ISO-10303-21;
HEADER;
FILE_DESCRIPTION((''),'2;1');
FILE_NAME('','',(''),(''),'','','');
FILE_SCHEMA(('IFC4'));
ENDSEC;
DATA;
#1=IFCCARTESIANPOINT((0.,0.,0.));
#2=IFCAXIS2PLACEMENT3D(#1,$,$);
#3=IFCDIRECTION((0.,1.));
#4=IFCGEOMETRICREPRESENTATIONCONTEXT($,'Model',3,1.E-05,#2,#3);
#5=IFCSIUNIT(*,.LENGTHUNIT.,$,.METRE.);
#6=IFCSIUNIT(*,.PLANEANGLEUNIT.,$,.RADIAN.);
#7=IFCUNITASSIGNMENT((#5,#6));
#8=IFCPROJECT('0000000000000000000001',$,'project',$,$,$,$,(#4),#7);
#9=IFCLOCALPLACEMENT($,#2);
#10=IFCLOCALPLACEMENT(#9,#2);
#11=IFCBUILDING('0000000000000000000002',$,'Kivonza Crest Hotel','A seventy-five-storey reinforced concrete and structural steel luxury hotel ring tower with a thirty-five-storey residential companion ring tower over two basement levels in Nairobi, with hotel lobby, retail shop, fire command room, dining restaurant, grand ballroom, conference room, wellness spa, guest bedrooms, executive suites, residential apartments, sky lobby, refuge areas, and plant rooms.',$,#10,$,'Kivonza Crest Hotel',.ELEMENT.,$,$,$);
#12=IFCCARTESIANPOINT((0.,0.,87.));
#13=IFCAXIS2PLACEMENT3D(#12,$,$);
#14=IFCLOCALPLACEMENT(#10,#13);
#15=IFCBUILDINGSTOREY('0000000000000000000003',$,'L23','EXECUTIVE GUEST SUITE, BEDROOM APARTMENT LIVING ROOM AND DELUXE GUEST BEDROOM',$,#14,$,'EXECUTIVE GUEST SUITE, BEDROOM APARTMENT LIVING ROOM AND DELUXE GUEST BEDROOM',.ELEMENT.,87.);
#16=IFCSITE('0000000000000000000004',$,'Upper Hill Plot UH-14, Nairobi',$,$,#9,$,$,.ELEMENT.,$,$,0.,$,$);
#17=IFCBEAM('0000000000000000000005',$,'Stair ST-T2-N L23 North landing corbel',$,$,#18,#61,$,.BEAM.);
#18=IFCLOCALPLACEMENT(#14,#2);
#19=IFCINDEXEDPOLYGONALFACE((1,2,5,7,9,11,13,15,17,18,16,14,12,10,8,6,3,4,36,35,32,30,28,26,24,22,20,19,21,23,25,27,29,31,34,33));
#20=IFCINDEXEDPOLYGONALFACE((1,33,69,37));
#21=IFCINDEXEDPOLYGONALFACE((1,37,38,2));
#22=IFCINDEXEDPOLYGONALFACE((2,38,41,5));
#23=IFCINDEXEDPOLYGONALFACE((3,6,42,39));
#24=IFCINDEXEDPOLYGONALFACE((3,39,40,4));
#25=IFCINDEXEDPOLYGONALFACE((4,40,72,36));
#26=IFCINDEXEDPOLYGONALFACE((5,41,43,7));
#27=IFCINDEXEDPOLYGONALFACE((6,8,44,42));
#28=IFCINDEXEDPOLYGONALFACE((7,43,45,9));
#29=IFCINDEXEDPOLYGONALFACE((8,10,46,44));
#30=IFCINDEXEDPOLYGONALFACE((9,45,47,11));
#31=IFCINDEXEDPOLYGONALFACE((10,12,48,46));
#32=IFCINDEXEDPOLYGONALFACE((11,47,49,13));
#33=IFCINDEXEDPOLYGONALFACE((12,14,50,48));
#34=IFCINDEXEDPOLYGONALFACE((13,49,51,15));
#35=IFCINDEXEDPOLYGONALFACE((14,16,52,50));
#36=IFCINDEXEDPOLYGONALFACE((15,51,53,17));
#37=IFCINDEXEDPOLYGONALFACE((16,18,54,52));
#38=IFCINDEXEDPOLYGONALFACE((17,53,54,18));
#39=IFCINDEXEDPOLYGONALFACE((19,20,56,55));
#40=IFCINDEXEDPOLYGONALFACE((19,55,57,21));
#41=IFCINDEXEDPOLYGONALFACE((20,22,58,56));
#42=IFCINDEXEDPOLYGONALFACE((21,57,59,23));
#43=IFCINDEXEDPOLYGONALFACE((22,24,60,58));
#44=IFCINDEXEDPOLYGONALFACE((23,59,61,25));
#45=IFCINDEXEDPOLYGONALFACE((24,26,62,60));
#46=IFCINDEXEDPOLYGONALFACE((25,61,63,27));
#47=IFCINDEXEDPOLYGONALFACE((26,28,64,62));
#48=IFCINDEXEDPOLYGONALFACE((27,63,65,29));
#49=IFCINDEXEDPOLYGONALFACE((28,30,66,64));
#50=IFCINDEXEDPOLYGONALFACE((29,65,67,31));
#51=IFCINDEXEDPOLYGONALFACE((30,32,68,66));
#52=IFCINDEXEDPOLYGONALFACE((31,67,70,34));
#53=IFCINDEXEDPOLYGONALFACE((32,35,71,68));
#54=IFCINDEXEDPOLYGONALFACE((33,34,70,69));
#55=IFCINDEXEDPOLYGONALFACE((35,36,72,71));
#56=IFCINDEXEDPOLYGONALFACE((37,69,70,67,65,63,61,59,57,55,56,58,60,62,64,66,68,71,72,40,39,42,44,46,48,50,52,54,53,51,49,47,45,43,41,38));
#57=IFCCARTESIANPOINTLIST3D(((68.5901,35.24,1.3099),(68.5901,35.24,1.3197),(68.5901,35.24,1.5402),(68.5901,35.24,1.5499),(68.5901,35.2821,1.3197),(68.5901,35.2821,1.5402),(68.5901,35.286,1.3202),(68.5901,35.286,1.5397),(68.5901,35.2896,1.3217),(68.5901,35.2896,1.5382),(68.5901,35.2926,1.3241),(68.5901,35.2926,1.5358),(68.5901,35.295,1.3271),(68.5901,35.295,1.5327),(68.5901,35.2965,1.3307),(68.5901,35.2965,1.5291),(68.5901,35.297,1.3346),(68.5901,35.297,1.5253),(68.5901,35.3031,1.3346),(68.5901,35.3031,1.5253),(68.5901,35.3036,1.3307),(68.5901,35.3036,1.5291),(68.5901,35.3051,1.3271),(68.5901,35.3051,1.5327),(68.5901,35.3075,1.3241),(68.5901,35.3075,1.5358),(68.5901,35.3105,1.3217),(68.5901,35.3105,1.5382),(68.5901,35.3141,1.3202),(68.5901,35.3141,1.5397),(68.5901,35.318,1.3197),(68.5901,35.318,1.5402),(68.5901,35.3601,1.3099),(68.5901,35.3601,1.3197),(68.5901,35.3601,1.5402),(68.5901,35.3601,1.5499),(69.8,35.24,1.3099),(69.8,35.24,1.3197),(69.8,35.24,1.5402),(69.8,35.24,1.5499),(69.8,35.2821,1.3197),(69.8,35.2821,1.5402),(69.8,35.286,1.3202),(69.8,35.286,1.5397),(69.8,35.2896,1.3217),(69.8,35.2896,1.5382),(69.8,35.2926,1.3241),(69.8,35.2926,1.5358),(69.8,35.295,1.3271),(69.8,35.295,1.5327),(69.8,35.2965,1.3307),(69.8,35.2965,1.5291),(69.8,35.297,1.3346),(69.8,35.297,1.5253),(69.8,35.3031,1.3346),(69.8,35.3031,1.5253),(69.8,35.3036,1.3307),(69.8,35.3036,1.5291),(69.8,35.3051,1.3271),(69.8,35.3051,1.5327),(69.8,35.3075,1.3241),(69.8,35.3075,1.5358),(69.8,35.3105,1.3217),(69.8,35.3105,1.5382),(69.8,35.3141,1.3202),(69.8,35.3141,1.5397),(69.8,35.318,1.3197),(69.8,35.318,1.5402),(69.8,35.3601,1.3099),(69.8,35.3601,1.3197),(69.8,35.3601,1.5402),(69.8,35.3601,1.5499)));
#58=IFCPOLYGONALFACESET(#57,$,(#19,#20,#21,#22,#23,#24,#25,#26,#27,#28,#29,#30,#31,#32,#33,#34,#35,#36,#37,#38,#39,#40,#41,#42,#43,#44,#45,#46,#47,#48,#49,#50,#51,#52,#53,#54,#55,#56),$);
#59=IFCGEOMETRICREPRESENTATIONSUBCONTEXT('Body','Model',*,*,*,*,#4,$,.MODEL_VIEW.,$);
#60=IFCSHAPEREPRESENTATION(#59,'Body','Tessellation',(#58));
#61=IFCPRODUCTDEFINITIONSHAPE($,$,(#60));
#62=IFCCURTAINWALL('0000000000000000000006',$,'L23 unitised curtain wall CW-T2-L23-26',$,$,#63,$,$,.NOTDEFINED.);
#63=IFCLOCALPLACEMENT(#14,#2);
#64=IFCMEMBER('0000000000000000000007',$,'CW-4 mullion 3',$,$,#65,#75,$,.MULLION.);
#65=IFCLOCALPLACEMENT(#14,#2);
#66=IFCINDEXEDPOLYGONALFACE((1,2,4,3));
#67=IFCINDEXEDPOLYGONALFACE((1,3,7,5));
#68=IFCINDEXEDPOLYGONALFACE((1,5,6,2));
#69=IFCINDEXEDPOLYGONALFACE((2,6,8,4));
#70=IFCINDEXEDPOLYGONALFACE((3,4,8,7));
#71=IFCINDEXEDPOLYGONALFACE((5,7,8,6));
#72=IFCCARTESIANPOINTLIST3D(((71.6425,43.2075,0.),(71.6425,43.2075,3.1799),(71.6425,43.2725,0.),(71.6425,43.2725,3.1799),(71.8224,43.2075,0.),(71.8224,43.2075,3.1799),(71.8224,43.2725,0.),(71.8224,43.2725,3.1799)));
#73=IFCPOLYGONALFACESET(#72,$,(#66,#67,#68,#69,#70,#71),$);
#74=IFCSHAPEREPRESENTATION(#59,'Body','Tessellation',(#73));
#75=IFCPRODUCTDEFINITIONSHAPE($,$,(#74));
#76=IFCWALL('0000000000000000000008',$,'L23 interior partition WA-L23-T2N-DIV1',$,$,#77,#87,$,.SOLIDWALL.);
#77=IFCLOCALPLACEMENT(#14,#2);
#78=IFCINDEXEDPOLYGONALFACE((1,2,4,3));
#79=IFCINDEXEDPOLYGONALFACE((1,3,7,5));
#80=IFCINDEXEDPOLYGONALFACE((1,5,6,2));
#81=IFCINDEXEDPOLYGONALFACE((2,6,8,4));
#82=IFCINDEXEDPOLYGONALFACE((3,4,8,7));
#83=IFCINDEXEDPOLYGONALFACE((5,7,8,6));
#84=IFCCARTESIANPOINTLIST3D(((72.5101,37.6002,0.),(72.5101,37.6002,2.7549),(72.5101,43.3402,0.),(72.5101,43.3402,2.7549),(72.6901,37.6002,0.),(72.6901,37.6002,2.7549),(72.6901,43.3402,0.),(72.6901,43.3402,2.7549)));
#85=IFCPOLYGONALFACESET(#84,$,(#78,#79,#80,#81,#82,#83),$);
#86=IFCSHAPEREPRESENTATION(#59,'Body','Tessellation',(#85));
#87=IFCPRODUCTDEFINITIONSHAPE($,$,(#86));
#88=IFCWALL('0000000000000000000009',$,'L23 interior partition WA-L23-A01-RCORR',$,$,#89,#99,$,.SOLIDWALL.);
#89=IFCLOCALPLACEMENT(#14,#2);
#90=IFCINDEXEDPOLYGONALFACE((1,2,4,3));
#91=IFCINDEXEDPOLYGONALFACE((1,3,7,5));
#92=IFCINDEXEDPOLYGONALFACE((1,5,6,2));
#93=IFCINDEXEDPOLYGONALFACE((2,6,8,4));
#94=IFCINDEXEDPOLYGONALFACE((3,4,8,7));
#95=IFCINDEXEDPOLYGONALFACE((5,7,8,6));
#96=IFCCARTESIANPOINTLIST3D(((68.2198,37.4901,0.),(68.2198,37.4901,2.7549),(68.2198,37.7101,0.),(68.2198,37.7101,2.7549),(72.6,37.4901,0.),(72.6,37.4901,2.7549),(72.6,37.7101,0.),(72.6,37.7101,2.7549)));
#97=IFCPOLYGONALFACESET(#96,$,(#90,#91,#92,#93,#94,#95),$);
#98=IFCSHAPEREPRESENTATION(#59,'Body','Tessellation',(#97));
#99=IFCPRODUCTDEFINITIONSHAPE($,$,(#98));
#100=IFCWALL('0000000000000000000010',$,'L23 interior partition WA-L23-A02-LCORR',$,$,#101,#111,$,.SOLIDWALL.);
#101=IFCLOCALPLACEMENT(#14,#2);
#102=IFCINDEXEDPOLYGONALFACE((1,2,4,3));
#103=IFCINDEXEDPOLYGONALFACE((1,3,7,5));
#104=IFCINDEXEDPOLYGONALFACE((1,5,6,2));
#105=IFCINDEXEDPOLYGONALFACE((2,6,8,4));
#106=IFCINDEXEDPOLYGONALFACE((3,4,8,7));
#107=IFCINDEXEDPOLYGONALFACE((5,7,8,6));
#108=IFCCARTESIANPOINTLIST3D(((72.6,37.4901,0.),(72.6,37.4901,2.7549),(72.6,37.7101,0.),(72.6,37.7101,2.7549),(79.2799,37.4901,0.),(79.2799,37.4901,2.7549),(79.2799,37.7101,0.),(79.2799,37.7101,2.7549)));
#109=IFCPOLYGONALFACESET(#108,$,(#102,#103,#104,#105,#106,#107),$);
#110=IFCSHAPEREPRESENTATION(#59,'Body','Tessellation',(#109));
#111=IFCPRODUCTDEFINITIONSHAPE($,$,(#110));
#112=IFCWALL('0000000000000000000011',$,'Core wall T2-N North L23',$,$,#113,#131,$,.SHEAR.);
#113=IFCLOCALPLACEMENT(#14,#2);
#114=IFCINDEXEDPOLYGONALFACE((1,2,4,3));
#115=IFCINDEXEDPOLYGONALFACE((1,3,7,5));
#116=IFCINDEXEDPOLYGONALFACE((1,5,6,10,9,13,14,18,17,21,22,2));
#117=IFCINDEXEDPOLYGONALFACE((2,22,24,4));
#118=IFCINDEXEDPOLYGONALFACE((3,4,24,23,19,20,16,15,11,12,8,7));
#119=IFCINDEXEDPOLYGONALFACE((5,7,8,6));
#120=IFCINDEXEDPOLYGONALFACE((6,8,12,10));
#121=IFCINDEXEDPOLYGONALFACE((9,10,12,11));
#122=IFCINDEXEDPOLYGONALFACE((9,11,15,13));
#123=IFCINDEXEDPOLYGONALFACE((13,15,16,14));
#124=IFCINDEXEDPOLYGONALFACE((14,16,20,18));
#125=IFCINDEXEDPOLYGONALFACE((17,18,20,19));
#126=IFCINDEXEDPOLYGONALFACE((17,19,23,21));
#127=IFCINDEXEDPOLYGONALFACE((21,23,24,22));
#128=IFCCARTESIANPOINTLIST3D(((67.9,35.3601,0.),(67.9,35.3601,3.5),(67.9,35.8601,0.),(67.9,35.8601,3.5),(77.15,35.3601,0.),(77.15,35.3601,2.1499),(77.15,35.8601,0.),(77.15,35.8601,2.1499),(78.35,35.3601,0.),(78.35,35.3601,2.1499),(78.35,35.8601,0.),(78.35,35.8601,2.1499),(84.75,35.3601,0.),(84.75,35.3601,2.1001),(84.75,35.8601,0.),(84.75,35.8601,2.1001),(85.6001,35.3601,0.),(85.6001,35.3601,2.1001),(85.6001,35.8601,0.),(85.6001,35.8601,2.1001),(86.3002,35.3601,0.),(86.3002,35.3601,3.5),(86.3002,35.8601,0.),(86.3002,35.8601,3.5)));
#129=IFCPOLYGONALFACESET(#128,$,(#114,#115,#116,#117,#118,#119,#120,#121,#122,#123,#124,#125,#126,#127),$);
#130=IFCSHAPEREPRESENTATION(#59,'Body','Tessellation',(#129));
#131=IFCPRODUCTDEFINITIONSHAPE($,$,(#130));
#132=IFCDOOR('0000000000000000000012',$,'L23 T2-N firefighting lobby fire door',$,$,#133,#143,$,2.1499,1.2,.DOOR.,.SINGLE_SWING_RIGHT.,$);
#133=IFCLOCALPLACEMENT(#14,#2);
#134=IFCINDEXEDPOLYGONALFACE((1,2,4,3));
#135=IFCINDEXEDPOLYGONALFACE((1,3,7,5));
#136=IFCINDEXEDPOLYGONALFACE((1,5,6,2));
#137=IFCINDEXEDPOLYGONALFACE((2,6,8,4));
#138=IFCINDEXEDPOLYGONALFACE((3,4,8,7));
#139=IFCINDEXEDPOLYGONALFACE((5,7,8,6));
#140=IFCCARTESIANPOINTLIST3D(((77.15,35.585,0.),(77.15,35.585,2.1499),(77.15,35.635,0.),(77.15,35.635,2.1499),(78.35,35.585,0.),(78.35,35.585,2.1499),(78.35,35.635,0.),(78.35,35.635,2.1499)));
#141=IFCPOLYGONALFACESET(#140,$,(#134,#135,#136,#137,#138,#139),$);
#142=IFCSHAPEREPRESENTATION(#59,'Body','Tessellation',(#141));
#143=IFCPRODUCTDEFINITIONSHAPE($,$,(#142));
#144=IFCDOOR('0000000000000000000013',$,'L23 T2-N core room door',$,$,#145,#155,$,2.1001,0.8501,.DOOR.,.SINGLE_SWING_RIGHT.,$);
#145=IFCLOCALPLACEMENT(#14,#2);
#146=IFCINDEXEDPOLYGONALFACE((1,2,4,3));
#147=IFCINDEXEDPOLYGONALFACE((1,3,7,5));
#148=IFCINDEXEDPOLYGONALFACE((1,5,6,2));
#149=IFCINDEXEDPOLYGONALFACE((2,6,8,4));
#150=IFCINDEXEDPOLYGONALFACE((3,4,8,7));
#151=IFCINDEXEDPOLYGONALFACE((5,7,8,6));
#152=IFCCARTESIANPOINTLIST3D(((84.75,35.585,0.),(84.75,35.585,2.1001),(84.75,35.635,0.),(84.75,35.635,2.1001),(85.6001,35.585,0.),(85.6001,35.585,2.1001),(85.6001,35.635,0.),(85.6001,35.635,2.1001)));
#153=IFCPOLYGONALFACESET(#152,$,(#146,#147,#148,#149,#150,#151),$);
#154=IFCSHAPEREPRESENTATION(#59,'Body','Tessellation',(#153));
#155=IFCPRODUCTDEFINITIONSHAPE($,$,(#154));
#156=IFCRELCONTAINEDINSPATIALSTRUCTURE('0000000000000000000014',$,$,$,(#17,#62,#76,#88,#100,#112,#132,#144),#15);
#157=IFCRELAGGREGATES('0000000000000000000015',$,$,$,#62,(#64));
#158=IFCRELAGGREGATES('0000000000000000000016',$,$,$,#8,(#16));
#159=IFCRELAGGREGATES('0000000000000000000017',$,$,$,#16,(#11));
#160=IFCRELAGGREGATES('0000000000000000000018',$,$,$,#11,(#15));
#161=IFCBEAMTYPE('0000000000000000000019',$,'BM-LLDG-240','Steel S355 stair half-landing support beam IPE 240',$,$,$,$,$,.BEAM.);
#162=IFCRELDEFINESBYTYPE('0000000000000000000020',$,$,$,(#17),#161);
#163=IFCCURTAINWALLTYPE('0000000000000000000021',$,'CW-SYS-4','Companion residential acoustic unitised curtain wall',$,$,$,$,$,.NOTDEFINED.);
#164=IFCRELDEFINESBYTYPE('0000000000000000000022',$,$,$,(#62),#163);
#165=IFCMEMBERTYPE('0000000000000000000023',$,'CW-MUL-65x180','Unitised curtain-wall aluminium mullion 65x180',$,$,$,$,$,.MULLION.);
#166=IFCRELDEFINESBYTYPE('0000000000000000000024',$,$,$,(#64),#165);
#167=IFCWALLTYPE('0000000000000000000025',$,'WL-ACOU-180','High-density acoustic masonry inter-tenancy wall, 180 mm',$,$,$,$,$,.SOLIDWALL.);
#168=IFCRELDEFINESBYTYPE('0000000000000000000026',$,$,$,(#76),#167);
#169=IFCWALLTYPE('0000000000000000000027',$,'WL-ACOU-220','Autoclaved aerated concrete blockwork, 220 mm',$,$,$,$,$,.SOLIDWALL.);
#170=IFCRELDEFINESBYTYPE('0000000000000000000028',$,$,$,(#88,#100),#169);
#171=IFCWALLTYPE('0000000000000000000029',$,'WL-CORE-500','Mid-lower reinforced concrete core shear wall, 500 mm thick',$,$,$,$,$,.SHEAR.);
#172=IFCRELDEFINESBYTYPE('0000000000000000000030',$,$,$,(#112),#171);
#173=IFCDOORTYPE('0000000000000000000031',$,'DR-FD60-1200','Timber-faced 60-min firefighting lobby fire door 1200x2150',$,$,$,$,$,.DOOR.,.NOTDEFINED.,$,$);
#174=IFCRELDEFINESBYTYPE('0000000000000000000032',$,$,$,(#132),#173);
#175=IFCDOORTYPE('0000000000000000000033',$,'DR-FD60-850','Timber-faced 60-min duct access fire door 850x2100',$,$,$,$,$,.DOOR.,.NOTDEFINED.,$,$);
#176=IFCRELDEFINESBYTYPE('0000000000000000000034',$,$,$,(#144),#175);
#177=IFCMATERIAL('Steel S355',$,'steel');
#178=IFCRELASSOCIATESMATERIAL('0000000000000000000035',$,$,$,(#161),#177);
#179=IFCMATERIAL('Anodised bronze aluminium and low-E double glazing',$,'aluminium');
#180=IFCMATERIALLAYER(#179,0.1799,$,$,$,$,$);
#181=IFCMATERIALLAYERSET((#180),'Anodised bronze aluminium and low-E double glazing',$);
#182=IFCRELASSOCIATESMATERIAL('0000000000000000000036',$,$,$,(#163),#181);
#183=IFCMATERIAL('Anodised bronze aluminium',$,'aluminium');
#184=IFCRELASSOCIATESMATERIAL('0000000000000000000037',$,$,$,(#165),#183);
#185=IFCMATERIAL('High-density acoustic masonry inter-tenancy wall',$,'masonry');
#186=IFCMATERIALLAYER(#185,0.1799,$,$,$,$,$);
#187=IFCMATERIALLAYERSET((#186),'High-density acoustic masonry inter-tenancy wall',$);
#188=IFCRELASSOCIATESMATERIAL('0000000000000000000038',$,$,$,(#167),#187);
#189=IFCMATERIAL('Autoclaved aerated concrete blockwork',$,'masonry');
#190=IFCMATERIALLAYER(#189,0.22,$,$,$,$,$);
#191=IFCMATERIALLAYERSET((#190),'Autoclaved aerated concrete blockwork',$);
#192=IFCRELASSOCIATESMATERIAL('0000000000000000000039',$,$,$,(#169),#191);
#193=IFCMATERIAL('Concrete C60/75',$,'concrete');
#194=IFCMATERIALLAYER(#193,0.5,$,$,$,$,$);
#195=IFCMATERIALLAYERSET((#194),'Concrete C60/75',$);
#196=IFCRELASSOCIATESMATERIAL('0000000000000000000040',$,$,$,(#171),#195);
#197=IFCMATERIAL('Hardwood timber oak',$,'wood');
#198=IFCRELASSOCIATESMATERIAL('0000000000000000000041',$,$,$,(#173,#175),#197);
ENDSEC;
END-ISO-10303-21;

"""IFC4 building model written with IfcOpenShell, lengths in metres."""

from ifc_helpers import new_model, si_unit, direction, frame, frame_2d, origin, origin_2d, place, context, subcontext, project, spatial, rectangle, i_section, extrude, material, layer, layer_set, material_profile, profile_set, type_object, element, fill, aggregate, save


model = new_model("IFC4")

# Units and contexts
model_context = context("Model", 3, precision=1e-05, world=origin(), true_north=direction((0.0, 1.0)))
body_context = subcontext(model_context, "Body", "Model", "MODEL_VIEW")
ifc_project = project(units=[si_unit("LENGTHUNIT", "METRE"), si_unit("PLANEANGLEUNIT", "RADIAN")], contexts=[model_context])

# Site, building, storey
site_placement = place(None, origin())
site = spatial("IfcSite", under=ifc_project, at=site_placement, Name="Upper Hill Plot UH-14, Nairobi", CompositionType="ELEMENT", RefElevation=0.0)
building_placement = place(site_placement, origin())
building = spatial("IfcBuilding", under=site, at=building_placement, Name="Kivonza Crest Hotel", Description="A seventy-five-storey reinforced concrete and structural steel luxury hotel ring tower with a thirty-five-storey residential companion ring tower over two basement levels in Nairobi, with hotel lobby, retail shop, fire command room, dining restaurant, grand ballroom, conference room, wellness spa, guest bedrooms, executive suites, residential apartments, sky lobby, refuge areas, and plant rooms.", LongName="Kivonza Crest Hotel", CompositionType="ELEMENT")
storey_placement = place(building_placement, frame((0.0, 0.0, 87.0)))
storey = spatial("IfcBuildingStorey", under=building, at=storey_placement, Name="L23", Description="EXECUTIVE GUEST SUITE, BEDROOM APARTMENT LIVING ROOM AND DELUXE GUEST BEDROOM", LongName="EXECUTIVE GUEST SUITE, BEDROOM APARTMENT LIVING ROOM AND DELUXE GUEST BEDROOM", CompositionType="ELEMENT", Elevation=87.0)

# Beam
ifc_material_1 = material(Name="Steel S355", Category="steel")
ifc_material_profile_1 = material_profile(ifc_material_1, i_section(OverallWidth=0.1201, OverallDepth=0.24, WebThickness=0.0061, FlangeThickness=0.0098, FilletRadius=0.0149, at=origin_2d()), Name="IPE 240")
ifc_profile_set_1 = profile_set([ifc_material_profile_1], Name="Steel S355")
beam_type_1 = type_object("IfcBeamType", Name="BM-LLDG-240", Description="Steel S355 stair half-landing support beam IPE 240", PredefinedType="BEAM", material=ifc_profile_set_1)
beam_1_placement = place(storey_placement, frame((68.5901, 35.3, 1.4299), z_axis=(1.0, 0.0, 0.0), x_axis=(0.0, 1.0, 0.0)))
element("IfcBeam", 1, at=beam_1_placement, inside=storey, type_object=beam_type_1, Name="Stair ST-T2-N L23 North landing corbel", PredefinedType="BEAM", context=body_context, shape_type="SweptSolid", body=[
    extrude(i_section(OverallWidth=0.1201, OverallDepth=0.24, WebThickness=0.0061, FlangeThickness=0.0098, FilletRadius=0.0149, at=origin_2d()), origin(), (0.0, 0.0, 1.0), 1.21),
])

# Curtain wall, member
ifc_material_2 = material(Name="Anodised bronze aluminium and low-E double glazing", Category="aluminium")
ifc_layer_1 = layer(ifc_material_2, 0.1799)
ifc_layer_set_1 = layer_set([ifc_layer_1], Name="Anodised bronze aluminium and low-E double glazing")
curtain_wall_type = type_object("IfcCurtainWallType", Name="CW-SYS-4", Description="Companion residential acoustic unitised curtain wall", PredefinedType="NOTDEFINED", material=ifc_layer_set_1)
curtain_wall_placement = place(storey_placement, origin())
curtain_wall = element("IfcCurtainWall", 2, at=curtain_wall_placement, inside=storey, type_object=curtain_wall_type, Name="L23 unitised curtain wall CW-T2-L23-26", PredefinedType="NOTDEFINED")
ifc_material_3 = material(Name="Anodised bronze aluminium", Category="aluminium")
ifc_material_profile_2 = material_profile(ifc_material_3, rectangle(XDim=0.0649, YDim=0.1799, at=origin_2d()), Name="CW-M 65x180")
ifc_profile_set_2 = profile_set([ifc_material_profile_2], Name="Anodised bronze aluminium")
member_type = type_object("IfcMemberType", Name="CW-MUL-65x180", Description="Unitised curtain-wall aluminium mullion 65x180", PredefinedType="MULLION", material=ifc_profile_set_2)
member_placement = place(storey_placement, frame((71.7324, 43.24, 0.0), z_axis=(0.0, 0.0, 1.0), x_axis=(0.0, -1.0, 0.0)))
member = element("IfcMember", 3, at=member_placement, type_object=member_type, Name="CW-4 mullion 3", PredefinedType="MULLION", context=body_context, shape_type="SweptSolid", body=[
    extrude(rectangle(XDim=0.0649, YDim=0.1799, at=origin_2d()), origin(), (0.0, 0.0, 1.0), 3.1799),
])
aggregate(curtain_wall, [member])

# Walls
ifc_material_4 = material(Name="High-density acoustic masonry inter-tenancy wall", Category="masonry")
ifc_layer_2 = layer(ifc_material_4, 0.1799)
ifc_layer_set_2 = layer_set([ifc_layer_2], Name="High-density acoustic masonry inter-tenancy wall")
wall_type_1 = type_object("IfcWallType", Name="WL-ACOU-180", Description="High-density acoustic masonry inter-tenancy wall, 180 mm", PredefinedType="SOLIDWALL", material=ifc_layer_set_2)
wall_1_placement = place(storey_placement, frame((72.6001, 37.6001, 0.0), z_axis=(0.0, 0.0, 1.0), x_axis=(0.0, 1.0, 0.0)))
element("IfcWall", 4, at=wall_1_placement, inside=storey, type_object=wall_type_1, Name="L23 interior partition WA-L23-T2N-DIV1", PredefinedType="SOLIDWALL", context=body_context, shape_type="SweptSolid", body=[
    extrude(rectangle(XDim=5.74, YDim=0.1799, at=frame_2d((2.8701, 0.0))), origin(), (0.0, 0.0, 1.0), 2.7549),
])
ifc_material_5 = material(Name="Autoclaved aerated concrete blockwork", Category="masonry")
ifc_layer_3 = layer(ifc_material_5, 0.22)
ifc_layer_set_3 = layer_set([ifc_layer_3], Name="Autoclaved aerated concrete blockwork")
wall_type_2 = type_object("IfcWallType", Name="WL-ACOU-220", Description="Autoclaved aerated concrete blockwork, 220 mm", PredefinedType="SOLIDWALL", material=ifc_layer_set_3)
wall_2_placement = place(storey_placement, frame((68.22, 37.6001, 0.0), z_axis=(0.0, 0.0, 1.0), x_axis=(1.0, 0.0, 0.0)))
element("IfcWall", 5, at=wall_2_placement, inside=storey, type_object=wall_type_2, Name="L23 interior partition WA-L23-A01-RCORR", PredefinedType="SOLIDWALL", context=body_context, shape_type="SweptSolid", body=[
    extrude(rectangle(XDim=4.3801, YDim=0.22, at=frame_2d((2.1899, 0.0))), origin(), (0.0, 0.0, 1.0), 2.7549),
])
wall_3_placement = place(storey_placement, frame((72.6001, 37.6001, 0.0), z_axis=(0.0, 0.0, 1.0), x_axis=(1.0, 0.0, 0.0)))
element("IfcWall", 6, at=wall_3_placement, inside=storey, type_object=wall_type_2, Name="L23 interior partition WA-L23-A02-LCORR", PredefinedType="SOLIDWALL", context=body_context, shape_type="SweptSolid", body=[
    extrude(rectangle(XDim=6.6799, YDim=0.22, at=frame_2d((3.3398, 0.0))), origin(), (0.0, 0.0, 1.0), 2.7549),
])

# Wall, openings, doors
ifc_material_6 = material(Name="Concrete C60/75", Category="concrete")
ifc_layer_4 = layer(ifc_material_6, 0.5)
ifc_layer_set_4 = layer_set([ifc_layer_4], Name="Concrete C60/75")
wall_type_3 = type_object("IfcWallType", Name="WL-CORE-500", Description="Mid-lower reinforced concrete core shear wall, 500 mm thick", PredefinedType="SHEAR", material=ifc_layer_set_4)
wall_4_placement = place(storey_placement, frame((67.8999, 35.6101, 0.0), z_axis=(0.0, 0.0, 1.0), x_axis=(1.0, 0.0, 0.0)))
wall_4 = element("IfcWall", 7, at=wall_4_placement, inside=storey, type_object=wall_type_3, Name="Core wall T2-N North L23", PredefinedType="SHEAR", context=body_context, shape_type="SweptSolid", body=[
    extrude(rectangle(XDim=18.4001, YDim=0.5, at=frame_2d((9.2002, 0.0))), origin(), (0.0, 0.0, 1.0), 3.5),
])
opening_1_placement = place(wall_4_placement, frame((9.25, 0.0, 0.0)))
opening_1 = element("IfcOpeningElement", 8, at=opening_1_placement, cuts=wall_4, PredefinedType="OPENING", context=body_context, shape_type="SweptSolid", body=[
    extrude(rectangle(XDim=1.2, YDim=2.1499, at=frame_2d((0.6001, 1.075))), frame((0.0, 0.26, 0.0), z_axis=(0.0, -1.0, 0.0), x_axis=(1.0, 0.0, 0.0)), (0.0, 0.0, 1.0), 0.52),
])
opening_2_placement = place(wall_4_placement, frame((16.8501, 0.0, 0.0)))
opening_2 = element("IfcOpeningElement", 9, at=opening_2_placement, cuts=wall_4, PredefinedType="OPENING", context=body_context, shape_type="SweptSolid", body=[
    extrude(rectangle(XDim=0.8501, YDim=2.1001, at=frame_2d((0.425, 1.05))), frame((0.0, 0.26, 0.0), z_axis=(0.0, -1.0, 0.0), x_axis=(1.0, 0.0, 0.0)), (0.0, 0.0, 1.0), 0.52),
])
ifc_material_7 = material(Name="Hardwood timber oak", Category="wood")
door_type_1 = type_object("IfcDoorType", Name="DR-FD60-1200", Description="Timber-faced 60-min firefighting lobby fire door 1200x2150", OperationType="NOTDEFINED", PredefinedType="DOOR", material=ifc_material_7)
door_1_placement = place(opening_1_placement, origin())
door_1 = element("IfcDoor", 10, at=door_1_placement, inside=storey, type_object=door_type_1, Name="L23 T2-N firefighting lobby fire door", OperationType="SINGLE_SWING_RIGHT", OverallHeight=2.1499, OverallWidth=1.2, PredefinedType="DOOR", context=body_context, shape_type="SweptSolid", body=[
    extrude(rectangle(XDim=1.2, YDim=2.1499, at=frame_2d((0.6001, 1.075))), frame((0.0, 0.0249, 0.0), z_axis=(0.0, -1.0, 0.0), x_axis=(1.0, 0.0, 0.0)), (0.0, 0.0, 1.0), 0.05),
])
fill(opening_1, door_1)
door_type_2 = type_object("IfcDoorType", Name="DR-FD60-850", Description="Timber-faced 60-min duct access fire door 850x2100", OperationType="NOTDEFINED", PredefinedType="DOOR", material=ifc_material_7)
door_2_placement = place(opening_2_placement, origin())
door_2 = element("IfcDoor", 11, at=door_2_placement, inside=storey, type_object=door_type_2, Name="L23 T2-N core room door", OperationType="SINGLE_SWING_RIGHT", OverallHeight=2.1001, OverallWidth=0.8501, PredefinedType="DOOR", context=body_context, shape_type="SweptSolid", body=[
    extrude(rectangle(XDim=0.8501, YDim=2.1001, at=frame_2d((0.425, 1.05))), frame((0.0, 0.0249, 0.0), z_axis=(0.0, -1.0, 0.0), x_axis=(1.0, 0.0, 0.0)), (0.0, 0.0, 1.0), 0.05),
])
fill(opening_2, door_2)

save(model, "model.ifc")
